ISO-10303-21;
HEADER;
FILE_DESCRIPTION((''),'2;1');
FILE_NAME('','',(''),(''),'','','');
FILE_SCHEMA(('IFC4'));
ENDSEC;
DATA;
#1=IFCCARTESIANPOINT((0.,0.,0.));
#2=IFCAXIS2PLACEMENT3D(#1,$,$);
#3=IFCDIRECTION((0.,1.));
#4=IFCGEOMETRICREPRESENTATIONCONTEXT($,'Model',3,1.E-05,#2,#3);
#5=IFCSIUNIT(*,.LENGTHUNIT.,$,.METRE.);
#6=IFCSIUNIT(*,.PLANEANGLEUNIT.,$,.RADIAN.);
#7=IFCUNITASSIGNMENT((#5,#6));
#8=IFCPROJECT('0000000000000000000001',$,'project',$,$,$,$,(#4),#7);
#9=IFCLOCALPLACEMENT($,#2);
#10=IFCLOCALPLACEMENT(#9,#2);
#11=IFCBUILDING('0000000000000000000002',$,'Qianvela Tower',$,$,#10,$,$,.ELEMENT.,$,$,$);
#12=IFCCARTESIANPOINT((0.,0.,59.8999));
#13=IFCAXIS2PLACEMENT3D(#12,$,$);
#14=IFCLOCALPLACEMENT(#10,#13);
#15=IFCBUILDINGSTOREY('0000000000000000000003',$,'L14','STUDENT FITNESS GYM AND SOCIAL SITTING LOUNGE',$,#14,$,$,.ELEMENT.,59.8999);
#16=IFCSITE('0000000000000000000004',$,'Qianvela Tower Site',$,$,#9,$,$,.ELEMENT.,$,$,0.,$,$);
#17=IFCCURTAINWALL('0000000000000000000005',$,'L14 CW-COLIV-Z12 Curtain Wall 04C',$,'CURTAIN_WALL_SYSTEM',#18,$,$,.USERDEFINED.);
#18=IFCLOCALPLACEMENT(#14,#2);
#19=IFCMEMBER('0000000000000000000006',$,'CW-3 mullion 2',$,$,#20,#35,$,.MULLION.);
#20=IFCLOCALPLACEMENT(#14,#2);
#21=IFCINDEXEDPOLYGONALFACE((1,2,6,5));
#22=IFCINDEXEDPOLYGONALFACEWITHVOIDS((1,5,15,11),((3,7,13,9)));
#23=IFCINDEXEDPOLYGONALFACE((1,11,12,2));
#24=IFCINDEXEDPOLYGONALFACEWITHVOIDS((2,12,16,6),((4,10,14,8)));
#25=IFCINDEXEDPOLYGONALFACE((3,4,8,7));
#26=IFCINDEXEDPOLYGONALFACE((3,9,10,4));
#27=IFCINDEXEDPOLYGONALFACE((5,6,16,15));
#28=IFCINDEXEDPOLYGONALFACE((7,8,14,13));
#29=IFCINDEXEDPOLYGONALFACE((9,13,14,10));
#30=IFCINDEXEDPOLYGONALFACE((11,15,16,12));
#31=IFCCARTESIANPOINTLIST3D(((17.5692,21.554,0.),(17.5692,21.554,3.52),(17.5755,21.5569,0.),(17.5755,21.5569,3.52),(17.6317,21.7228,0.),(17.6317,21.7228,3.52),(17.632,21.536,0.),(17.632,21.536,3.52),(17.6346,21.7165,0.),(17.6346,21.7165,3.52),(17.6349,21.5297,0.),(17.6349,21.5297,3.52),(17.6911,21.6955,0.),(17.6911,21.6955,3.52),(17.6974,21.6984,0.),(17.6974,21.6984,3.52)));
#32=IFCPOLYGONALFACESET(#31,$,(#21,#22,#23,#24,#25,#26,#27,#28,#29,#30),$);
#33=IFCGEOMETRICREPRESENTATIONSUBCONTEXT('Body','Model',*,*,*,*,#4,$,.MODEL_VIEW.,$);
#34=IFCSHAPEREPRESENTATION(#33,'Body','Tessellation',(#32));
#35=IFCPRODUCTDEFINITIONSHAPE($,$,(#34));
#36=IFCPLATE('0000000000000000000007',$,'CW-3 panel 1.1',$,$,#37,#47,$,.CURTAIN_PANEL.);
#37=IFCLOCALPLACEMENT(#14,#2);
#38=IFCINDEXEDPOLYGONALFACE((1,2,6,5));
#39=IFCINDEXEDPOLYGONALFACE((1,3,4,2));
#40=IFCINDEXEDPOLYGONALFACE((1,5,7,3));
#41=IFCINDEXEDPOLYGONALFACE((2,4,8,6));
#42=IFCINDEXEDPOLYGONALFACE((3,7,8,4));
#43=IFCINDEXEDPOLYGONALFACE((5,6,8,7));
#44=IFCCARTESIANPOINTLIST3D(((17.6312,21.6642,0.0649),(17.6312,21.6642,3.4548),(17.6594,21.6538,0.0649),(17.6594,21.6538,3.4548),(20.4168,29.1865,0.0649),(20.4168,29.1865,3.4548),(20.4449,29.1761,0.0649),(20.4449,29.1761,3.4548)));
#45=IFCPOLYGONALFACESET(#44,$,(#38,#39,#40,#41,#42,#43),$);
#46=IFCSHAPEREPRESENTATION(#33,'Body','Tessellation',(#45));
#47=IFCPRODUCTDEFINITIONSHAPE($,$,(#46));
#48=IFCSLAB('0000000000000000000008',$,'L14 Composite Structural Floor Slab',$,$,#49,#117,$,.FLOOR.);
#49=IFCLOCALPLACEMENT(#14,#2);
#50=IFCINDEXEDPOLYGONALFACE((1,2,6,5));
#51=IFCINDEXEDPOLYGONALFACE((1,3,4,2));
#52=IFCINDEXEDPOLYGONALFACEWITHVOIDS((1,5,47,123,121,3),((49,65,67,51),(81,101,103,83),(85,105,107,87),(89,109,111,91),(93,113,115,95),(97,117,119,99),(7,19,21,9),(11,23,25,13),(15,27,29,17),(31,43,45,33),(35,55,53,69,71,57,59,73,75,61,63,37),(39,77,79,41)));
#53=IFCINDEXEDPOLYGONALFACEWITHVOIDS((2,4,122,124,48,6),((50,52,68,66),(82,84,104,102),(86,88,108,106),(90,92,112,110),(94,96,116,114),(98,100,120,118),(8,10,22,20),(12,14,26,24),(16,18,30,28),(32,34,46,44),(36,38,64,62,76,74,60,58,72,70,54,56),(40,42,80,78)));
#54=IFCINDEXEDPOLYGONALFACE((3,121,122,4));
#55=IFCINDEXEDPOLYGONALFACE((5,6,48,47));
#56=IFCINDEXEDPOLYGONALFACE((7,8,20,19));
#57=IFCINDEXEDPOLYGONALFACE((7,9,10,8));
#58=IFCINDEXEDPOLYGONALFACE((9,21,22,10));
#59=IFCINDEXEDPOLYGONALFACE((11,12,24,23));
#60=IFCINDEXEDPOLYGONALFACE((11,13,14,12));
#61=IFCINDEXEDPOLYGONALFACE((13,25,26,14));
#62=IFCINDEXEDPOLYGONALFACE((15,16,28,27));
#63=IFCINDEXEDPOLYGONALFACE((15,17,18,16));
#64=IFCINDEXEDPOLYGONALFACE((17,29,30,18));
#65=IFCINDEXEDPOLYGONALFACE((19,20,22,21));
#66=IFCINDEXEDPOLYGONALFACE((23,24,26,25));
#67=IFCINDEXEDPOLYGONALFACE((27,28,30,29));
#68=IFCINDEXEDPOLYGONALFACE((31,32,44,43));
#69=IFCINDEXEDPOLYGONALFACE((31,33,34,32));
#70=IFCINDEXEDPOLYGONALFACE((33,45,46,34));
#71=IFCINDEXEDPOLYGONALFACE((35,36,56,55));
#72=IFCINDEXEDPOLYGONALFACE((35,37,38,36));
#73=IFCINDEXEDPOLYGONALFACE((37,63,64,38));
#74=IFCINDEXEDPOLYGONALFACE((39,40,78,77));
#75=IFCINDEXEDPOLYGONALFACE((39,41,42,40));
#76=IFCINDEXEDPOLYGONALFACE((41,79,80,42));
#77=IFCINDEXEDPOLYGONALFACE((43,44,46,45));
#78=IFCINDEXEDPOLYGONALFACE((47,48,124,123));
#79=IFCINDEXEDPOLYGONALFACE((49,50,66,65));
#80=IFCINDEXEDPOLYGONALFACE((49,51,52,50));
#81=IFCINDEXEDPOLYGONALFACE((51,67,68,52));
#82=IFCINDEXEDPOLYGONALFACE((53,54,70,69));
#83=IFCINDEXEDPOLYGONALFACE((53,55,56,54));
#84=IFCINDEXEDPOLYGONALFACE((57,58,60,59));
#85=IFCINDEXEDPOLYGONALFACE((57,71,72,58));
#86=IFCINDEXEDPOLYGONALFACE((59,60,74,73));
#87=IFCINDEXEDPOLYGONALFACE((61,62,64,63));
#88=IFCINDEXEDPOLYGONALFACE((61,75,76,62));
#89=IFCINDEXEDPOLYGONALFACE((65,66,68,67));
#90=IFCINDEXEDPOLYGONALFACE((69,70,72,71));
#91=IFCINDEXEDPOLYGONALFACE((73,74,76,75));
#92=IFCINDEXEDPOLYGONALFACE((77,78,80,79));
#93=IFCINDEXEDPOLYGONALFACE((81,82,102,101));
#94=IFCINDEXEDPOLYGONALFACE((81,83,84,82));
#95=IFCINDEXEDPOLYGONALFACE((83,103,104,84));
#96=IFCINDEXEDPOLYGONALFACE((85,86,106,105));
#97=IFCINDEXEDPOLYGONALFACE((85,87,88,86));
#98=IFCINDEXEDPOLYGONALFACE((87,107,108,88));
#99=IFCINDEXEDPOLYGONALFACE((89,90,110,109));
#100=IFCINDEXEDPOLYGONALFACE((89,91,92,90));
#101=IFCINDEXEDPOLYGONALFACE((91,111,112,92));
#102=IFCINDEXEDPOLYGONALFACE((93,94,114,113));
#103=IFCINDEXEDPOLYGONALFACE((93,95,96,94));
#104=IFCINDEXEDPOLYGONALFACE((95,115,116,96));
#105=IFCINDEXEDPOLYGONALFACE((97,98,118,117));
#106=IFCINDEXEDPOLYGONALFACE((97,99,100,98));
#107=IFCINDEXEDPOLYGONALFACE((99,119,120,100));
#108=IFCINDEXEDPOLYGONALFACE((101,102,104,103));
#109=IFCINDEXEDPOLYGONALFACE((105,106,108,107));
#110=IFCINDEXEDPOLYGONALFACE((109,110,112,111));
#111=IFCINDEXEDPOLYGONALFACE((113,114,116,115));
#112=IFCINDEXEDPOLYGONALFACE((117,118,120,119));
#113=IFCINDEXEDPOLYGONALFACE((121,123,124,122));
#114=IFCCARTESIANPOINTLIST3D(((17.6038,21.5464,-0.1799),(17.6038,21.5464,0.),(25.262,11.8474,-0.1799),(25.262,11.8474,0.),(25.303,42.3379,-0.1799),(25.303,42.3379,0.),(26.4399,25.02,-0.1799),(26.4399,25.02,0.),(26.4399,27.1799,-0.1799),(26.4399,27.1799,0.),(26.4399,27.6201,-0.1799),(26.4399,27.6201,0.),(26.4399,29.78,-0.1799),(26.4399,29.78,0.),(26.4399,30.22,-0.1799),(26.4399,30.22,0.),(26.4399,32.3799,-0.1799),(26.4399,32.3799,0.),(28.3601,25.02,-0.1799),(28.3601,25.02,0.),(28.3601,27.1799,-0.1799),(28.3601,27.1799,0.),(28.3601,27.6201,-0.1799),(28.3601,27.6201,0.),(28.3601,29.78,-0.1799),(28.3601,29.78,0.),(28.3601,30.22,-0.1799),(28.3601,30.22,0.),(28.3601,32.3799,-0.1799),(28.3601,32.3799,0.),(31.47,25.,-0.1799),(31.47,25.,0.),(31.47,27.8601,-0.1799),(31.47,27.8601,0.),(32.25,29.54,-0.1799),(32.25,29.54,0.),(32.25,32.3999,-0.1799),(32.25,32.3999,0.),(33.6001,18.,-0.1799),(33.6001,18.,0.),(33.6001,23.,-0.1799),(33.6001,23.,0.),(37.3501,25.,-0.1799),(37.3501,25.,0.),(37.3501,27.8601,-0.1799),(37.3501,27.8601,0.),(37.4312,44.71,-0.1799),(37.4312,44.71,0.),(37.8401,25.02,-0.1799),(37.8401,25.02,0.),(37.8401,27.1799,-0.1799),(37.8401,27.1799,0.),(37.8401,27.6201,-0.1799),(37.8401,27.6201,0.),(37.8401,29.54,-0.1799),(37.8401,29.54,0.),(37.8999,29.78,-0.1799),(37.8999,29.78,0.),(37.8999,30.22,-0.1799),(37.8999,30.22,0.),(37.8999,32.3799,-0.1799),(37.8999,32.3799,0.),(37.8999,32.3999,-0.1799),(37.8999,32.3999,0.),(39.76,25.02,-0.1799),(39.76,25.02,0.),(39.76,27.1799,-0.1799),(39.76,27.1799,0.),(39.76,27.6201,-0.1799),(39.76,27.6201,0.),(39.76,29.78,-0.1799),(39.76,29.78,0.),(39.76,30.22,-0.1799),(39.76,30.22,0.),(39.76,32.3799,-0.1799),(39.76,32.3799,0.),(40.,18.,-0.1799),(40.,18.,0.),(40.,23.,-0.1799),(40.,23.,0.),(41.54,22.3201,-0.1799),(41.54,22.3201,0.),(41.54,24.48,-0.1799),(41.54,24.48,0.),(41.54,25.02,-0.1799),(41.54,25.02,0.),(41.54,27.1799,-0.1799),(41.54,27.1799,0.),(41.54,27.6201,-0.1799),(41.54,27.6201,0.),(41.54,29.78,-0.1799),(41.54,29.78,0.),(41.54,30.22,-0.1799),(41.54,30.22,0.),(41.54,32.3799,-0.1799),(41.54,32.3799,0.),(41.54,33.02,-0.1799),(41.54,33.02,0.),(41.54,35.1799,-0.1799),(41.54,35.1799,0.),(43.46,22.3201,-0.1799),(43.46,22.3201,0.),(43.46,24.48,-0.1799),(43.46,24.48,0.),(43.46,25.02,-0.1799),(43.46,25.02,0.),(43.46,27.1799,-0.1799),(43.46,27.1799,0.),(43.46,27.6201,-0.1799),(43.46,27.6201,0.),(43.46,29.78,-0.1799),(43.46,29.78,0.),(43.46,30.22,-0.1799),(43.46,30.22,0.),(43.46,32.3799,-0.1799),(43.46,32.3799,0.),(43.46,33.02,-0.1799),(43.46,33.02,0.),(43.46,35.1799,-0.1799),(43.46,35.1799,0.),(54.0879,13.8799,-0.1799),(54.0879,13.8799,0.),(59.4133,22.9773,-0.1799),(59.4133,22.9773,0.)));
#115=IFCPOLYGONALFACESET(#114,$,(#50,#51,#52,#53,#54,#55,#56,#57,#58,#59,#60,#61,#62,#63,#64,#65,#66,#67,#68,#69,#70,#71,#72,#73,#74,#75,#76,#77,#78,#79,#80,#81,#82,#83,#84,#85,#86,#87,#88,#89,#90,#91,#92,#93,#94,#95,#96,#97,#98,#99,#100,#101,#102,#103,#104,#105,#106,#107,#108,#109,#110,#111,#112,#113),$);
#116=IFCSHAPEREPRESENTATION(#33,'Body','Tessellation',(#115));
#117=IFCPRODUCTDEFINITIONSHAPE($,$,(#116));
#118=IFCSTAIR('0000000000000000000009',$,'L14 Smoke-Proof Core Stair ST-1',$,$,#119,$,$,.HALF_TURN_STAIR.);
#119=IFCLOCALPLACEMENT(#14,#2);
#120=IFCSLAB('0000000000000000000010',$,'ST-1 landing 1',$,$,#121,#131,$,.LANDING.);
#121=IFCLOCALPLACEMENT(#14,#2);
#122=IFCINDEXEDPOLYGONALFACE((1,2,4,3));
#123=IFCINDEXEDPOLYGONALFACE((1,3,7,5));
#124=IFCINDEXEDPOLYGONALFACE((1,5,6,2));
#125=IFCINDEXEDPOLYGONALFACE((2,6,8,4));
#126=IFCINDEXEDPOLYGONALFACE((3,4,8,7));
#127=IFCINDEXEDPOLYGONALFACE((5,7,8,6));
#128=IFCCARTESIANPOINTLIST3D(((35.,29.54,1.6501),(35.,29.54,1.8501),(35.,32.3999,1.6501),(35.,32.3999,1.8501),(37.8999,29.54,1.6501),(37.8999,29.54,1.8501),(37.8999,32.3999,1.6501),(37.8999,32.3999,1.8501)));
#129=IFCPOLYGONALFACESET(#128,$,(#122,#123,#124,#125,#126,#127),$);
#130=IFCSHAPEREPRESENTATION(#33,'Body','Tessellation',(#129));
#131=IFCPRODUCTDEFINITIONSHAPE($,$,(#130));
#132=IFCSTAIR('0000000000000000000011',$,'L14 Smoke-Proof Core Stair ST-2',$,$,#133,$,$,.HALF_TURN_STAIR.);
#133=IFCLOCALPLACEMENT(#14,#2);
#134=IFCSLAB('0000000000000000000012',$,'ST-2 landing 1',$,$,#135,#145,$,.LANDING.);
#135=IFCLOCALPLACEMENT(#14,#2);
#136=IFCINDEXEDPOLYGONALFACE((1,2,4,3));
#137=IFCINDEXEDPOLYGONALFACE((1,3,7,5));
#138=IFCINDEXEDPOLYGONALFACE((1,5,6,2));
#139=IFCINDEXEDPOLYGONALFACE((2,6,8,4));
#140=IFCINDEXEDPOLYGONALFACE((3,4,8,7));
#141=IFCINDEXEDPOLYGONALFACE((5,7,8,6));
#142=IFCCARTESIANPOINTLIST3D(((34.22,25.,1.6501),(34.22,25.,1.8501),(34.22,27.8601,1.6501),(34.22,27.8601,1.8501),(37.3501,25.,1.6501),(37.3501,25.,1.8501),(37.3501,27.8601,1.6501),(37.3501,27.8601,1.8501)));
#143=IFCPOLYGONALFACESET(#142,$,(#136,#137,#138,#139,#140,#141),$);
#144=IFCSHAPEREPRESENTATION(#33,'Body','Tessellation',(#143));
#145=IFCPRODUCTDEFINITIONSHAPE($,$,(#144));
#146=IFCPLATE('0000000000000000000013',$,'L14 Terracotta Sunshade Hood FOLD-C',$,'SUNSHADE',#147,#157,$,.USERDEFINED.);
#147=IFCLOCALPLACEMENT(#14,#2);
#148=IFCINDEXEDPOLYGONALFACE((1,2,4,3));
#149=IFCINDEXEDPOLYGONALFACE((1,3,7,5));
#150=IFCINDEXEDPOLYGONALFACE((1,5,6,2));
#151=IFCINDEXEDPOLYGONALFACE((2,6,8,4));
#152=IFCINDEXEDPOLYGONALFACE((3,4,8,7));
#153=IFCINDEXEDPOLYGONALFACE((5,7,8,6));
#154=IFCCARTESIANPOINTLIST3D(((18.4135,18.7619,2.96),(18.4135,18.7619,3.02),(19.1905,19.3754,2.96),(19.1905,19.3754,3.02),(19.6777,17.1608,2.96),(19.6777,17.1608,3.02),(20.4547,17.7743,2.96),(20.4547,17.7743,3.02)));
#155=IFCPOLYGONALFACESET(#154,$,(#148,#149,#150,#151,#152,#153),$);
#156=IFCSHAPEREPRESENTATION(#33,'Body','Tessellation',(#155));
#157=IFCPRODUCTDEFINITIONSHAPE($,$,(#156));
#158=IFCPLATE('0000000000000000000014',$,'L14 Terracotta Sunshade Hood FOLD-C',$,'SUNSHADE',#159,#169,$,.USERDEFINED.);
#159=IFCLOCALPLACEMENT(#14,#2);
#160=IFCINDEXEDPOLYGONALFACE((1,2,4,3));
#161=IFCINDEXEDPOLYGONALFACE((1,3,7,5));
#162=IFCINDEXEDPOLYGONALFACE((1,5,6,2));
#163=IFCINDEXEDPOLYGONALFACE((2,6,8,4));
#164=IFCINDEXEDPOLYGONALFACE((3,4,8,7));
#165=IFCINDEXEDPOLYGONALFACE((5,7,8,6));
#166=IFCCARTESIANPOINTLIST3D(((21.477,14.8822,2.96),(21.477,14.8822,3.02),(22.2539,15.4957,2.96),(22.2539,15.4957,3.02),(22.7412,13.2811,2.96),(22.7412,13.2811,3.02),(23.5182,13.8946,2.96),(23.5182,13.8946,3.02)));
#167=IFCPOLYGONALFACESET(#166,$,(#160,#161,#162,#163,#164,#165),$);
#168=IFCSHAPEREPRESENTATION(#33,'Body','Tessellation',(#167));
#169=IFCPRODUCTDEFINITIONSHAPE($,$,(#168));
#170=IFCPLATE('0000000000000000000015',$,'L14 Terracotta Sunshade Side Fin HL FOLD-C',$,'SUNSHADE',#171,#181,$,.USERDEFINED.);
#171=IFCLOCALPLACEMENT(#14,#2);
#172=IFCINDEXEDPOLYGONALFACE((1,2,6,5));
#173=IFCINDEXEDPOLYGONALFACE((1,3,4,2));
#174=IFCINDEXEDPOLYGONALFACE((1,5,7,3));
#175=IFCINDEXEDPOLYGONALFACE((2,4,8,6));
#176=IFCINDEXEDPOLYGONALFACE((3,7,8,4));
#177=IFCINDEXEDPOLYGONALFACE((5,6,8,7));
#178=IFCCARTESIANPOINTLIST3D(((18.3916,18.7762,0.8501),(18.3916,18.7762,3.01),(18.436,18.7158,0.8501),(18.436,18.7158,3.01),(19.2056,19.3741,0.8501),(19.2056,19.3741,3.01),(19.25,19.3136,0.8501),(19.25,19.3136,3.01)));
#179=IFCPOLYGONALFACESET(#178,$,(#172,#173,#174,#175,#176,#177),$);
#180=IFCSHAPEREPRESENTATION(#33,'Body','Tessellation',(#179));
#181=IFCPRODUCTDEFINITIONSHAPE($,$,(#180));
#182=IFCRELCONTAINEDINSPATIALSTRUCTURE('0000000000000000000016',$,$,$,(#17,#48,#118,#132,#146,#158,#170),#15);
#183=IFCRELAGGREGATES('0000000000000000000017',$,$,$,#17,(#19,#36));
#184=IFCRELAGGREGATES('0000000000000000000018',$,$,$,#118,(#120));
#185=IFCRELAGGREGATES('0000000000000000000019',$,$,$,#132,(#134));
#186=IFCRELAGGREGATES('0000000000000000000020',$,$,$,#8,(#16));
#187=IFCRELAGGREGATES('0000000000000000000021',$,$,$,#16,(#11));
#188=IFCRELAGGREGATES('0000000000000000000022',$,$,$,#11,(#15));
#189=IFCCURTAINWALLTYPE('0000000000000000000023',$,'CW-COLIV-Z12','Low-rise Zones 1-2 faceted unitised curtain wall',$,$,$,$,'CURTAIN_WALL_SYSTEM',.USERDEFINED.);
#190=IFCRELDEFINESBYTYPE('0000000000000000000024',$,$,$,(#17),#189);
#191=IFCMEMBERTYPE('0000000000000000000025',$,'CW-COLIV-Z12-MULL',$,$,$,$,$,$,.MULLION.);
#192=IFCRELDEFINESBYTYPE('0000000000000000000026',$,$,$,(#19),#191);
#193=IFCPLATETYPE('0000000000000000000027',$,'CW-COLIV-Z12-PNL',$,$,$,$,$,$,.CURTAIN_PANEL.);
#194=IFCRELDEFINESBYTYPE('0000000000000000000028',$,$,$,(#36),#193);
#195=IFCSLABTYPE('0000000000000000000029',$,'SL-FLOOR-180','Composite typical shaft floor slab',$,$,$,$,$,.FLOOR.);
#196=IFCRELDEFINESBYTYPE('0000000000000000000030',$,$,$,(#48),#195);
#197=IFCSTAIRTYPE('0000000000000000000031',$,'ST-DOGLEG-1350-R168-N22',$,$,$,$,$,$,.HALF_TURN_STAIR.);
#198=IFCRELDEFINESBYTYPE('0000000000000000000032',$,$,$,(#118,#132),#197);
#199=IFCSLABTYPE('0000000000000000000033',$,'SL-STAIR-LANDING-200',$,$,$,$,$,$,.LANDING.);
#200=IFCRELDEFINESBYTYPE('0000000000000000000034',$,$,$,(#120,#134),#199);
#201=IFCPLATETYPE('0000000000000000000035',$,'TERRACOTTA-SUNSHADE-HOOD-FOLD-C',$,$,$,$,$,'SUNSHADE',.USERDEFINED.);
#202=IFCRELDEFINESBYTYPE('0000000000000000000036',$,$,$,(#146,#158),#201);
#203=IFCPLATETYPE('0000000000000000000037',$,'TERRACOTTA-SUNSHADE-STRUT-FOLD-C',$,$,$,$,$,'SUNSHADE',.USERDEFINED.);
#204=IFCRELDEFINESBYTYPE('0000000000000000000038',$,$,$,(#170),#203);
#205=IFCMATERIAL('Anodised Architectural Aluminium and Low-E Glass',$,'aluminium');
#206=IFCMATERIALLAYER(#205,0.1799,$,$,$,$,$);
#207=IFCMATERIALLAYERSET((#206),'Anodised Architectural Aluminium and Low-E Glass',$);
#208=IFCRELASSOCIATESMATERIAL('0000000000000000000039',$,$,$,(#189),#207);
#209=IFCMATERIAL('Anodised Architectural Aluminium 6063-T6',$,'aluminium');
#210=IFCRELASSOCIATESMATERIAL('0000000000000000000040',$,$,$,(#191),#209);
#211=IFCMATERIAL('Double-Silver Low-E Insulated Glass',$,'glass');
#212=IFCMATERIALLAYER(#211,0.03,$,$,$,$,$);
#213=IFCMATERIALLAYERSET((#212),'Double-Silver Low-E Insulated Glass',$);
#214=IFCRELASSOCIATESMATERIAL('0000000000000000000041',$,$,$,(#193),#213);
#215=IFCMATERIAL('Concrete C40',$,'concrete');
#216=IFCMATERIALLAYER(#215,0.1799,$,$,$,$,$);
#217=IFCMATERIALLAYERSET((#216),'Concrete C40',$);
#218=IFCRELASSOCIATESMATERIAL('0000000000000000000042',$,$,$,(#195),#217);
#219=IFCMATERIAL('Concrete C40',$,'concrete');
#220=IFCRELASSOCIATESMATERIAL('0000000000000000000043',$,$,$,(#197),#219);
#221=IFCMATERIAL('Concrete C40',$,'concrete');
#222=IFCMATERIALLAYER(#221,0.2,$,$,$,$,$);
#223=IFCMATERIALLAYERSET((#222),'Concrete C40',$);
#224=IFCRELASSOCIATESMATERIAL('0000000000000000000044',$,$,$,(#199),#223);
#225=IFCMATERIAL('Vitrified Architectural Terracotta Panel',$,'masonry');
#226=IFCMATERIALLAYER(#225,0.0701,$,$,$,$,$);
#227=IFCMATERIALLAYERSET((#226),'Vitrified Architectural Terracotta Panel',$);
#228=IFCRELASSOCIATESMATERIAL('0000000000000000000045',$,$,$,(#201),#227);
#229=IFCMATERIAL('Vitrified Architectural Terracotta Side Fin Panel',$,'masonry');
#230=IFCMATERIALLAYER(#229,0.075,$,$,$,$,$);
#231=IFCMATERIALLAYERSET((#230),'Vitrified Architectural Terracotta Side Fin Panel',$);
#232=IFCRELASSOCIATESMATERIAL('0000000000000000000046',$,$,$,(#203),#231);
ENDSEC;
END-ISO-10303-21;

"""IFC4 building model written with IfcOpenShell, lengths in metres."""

from ifc_helpers import new_model, si_unit, direction, frame, origin, origin_2d, place, context, subcontext, project, spatial, polyline, rectangle, hollow_rectangle, outline, extrude, material, layer, layer_set, material_profile, profile_set, type_object, element, aggregate, save


model = new_model("IFC4")

# Units and contexts
model_context = context("Model", 3, precision=1e-05, world=origin(), true_north=direction((0.0, 1.0)))
body_context = subcontext(model_context, "Body", "Model", "MODEL_VIEW")
ifc_project = project(units=[si_unit("LENGTHUNIT", "METRE"), si_unit("PLANEANGLEUNIT", "RADIAN")], contexts=[model_context])

# Site, building, storey
site_placement = place(None, origin())
site = spatial("IfcSite", under=ifc_project, at=site_placement, Name="Qianvela Tower Site", CompositionType="ELEMENT", RefElevation=0.0)
building_placement = place(site_placement, origin())
building = spatial("IfcBuilding", under=site, at=building_placement, Name="Qianvela Tower", CompositionType="ELEMENT")
storey_placement = place(building_placement, frame((0.0, 0.0, 59.8999)))
storey = spatial("IfcBuildingStorey", under=building, at=storey_placement, Name="L14", Description="STUDENT FITNESS GYM AND SOCIAL SITTING LOUNGE", CompositionType="ELEMENT", Elevation=59.8999)

# Curtain wall, member, plate
ifc_material_1 = material(Name="Anodised Architectural Aluminium and Low-E Glass", Category="aluminium")
ifc_layer_1 = layer(ifc_material_1, 0.1799)
ifc_layer_set_1 = layer_set([ifc_layer_1], Name="Anodised Architectural Aluminium and Low-E Glass")
curtain_wall_type = type_object("IfcCurtainWallType", Name="CW-COLIV-Z12", Description="Low-rise Zones 1-2 faceted unitised curtain wall", ElementType="CURTAIN_WALL_SYSTEM", PredefinedType="USERDEFINED", material=ifc_layer_set_1)
curtain_wall_placement = place(storey_placement, origin())
curtain_wall = element("IfcCurtainWall", 1, at=curtain_wall_placement, inside=storey, type_object=curtain_wall_type, Name="L14 CW-COLIV-Z12 Curtain Wall 04C", ObjectType="CURTAIN_WALL_SYSTEM", PredefinedType="USERDEFINED")
ifc_material_2 = material(Name="Anodised Architectural Aluminium 6063-T6", Category="aluminium")
ifc_material_profile = material_profile(ifc_material_2, hollow_rectangle(XDim=0.0701, YDim=0.1799, WallThickness=0.0049, at=origin_2d()), Name="ALU-MULL-70x180")
ifc_profile_set = profile_set([ifc_material_profile], Name="Anodised Architectural Aluminium 6063-T6")
member_type = type_object("IfcMemberType", Name="CW-COLIV-Z12-MULL", PredefinedType="MULLION", material=ifc_profile_set)
member_placement = place(storey_placement, frame((17.6333, 21.6262, 0.0), z_axis=(0.0, 0.0, 1.0), x_axis=(0.93777, -0.347257, 0.0)))
member = element("IfcMember", 2, at=member_placement, type_object=member_type, Name="CW-3 mullion 2", PredefinedType="MULLION", context=body_context, shape_type="SweptSolid", body=[
    extrude(hollow_rectangle(XDim=0.0701, YDim=0.1799, WallThickness=0.0049, at=origin_2d()), origin(), (0.0, 0.0, 1.0), 3.52),
])
ifc_material_3 = material(Name="Double-Silver Low-E Insulated Glass", Category="glass")
ifc_layer_2 = layer(ifc_material_3, 0.03)
ifc_layer_set_2 = layer_set([ifc_layer_2], Name="Double-Silver Low-E Insulated Glass")
plate_type_1 = type_object("IfcPlateType", Name="CW-COLIV-Z12-PNL", PredefinedType="CURTAIN_PANEL", material=ifc_layer_set_2)
plate_placement = place(storey_placement, frame((19.0381, 25.4202, 0.0649), z_axis=(0.0, 0.0, 1.0), x_axis=(-0.347257, -0.93777, 0.0)))
plate = element("IfcPlate", 3, at=plate_placement, type_object=plate_type_1, Name="CW-3 panel 1.1", PredefinedType="CURTAIN_PANEL", context=body_context, shape_type="SweptSolid", body=[
    extrude(rectangle(XDim=8.0215, YDim=0.03, at=origin_2d()), origin(), (0.0, 0.0, 1.0), 3.3899),
])
aggregate(curtain_wall, [member, plate])

# Slab
ifc_material_4 = material(Name="Concrete C40", Category="concrete")
ifc_layer_3 = layer(ifc_material_4, 0.1799)
ifc_layer_set_3 = layer_set([ifc_layer_3], Name="Concrete C40")
slab_type_1 = type_object("IfcSlabType", Name="SL-FLOOR-180", Description="Composite typical shaft floor slab", PredefinedType="FLOOR", material=ifc_layer_set_3)
slab_1_placement = place(storey_placement, frame((0.0, 0.0, -0.1799)))
element("IfcSlab", 4, at=slab_1_placement, inside=storey, type_object=slab_type_1, Name="L14 Composite Structural Floor Slab", PredefinedType="FLOOR", context=body_context, shape_type="SweptSolid", body=[
    extrude(outline(polyline([(54.0879, 13.8799), (59.4133, 22.9773), (37.4312, 44.71), (25.303, 42.3379), (17.6038, 21.5464), (25.262, 11.8474), (54.0879, 13.8799)]), holes=[polyline([(40.0, 23.0), (33.6001, 23.0), (33.6001, 18.0), (40.0, 18.0), (40.0, 23.0)]), polyline([(28.3601, 25.02), (28.3601, 27.1799), (26.4399, 27.1799), (26.4399, 25.02), (28.3601, 25.02)]), polyline([(37.3501, 25.0), (37.3501, 27.8601), (31.47, 27.8601), (31.47, 25.0), (37.3501, 25.0)]), polyline([(28.3601, 27.6201), (28.3601, 29.78), (26.4399, 29.78), (26.4399, 27.6201), (28.3601, 27.6201)]), polyline([(37.8999, 32.3799), (37.8999, 32.3999), (32.25, 32.3999), (32.25, 29.54), (37.8401, 29.54), (37.8401, 27.6201), (39.76, 27.6201), (39.76, 29.78), (37.8999, 29.78), (37.8999, 30.22), (39.76, 30.22), (39.76, 32.3799), (37.8999, 32.3799)]), polyline([(28.3601, 30.22), (28.3601, 32.3799), (26.4399, 32.3799), (26.4399, 30.22), (28.3601, 30.22)]), polyline([(43.46, 24.48), (41.54, 24.48), (41.54, 22.3201), (43.46, 22.3201), (43.46, 24.48)]), polyline([(39.76, 25.02), (39.76, 27.1799), (37.8401, 27.1799), (37.8401, 25.02), (39.76, 25.02)]), polyline([(43.46, 25.02), (43.46, 27.1799), (41.54, 27.1799), (41.54, 25.02), (43.46, 25.02)]), polyline([(43.46, 27.6201), (43.46, 29.78), (41.54, 29.78), (41.54, 27.6201), (43.46, 27.6201)]), polyline([(43.46, 30.22), (43.46, 32.3799), (41.54, 32.3799), (41.54, 30.22), (43.46, 30.22)]), polyline([(43.46, 33.02), (43.46, 35.1799), (41.54, 35.1799), (41.54, 33.02), (43.46, 33.02)])]), origin(), (0.0, 0.0, 1.0), 0.1799),
])

# Stairs, slabs
ifc_material_5 = material(Name="Concrete C40", Category="concrete")
stair_type = type_object("IfcStairType", Name="ST-DOGLEG-1350-R168-N22", PredefinedType="HALF_TURN_STAIR", material=ifc_material_5)
stair_1_placement = place(storey_placement, origin())
stair_1 = element("IfcStair", 5, at=stair_1_placement, inside=storey, type_object=stair_type, Name="L14 Smoke-Proof Core Stair ST-1", PredefinedType="HALF_TURN_STAIR")
ifc_material_6 = material(Name="Concrete C40", Category="concrete")
ifc_layer_4 = layer(ifc_material_6, 0.2)
ifc_layer_set_4 = layer_set([ifc_layer_4], Name="Concrete C40")
slab_type_2 = type_object("IfcSlabType", Name="SL-STAIR-LANDING-200", PredefinedType="LANDING", material=ifc_layer_set_4)
slab_2_placement = place(storey_placement, frame((0.0, 0.0, 1.6501)))
slab_2 = element("IfcSlab", 6, at=slab_2_placement, type_object=slab_type_2, Name="ST-1 landing 1", PredefinedType="LANDING", context=body_context, shape_type="SweptSolid", body=[
    extrude(outline(polyline([(35.0, 29.54), (37.8999, 29.54), (37.8999, 32.3999), (35.0, 32.3999), (35.0, 29.54)])), origin(), (0.0, 0.0, 1.0), 0.2),
])
aggregate(stair_1, [slab_2])
stair_2_placement = place(storey_placement, origin())
stair_2 = element("IfcStair", 7, at=stair_2_placement, inside=storey, type_object=stair_type, Name="L14 Smoke-Proof Core Stair ST-2", PredefinedType="HALF_TURN_STAIR")
slab_3_placement = place(storey_placement, frame((0.0, 0.0, 1.6501)))
slab_3 = element("IfcSlab", 8, at=slab_3_placement, type_object=slab_type_2, Name="ST-2 landing 1", PredefinedType="LANDING", context=body_context, shape_type="SweptSolid", body=[
    extrude(outline(polyline([(34.22, 25.0), (37.3501, 25.0), (37.3501, 27.8601), (34.22, 27.8601), (34.22, 25.0)])), origin(), (0.0, 0.0, 1.0), 0.2),
])
aggregate(stair_2, [slab_3])

# Plates
ifc_material_7 = material(Name="Vitrified Architectural Terracotta Panel", Category="masonry")
ifc_layer_5 = layer(ifc_material_7, 0.0701)
ifc_layer_set_5 = layer_set([ifc_layer_5], Name="Vitrified Architectural Terracotta Panel")
plate_type_2 = type_object("IfcPlateType", Name="TERRACOTTA-SUNSHADE-HOOD-FOLD-C", ElementType="SUNSHADE", PredefinedType="USERDEFINED", material=ifc_layer_set_5)
for number, where, z_axis, x_axis, name in (
    (9, (19.4341, 18.2681, 2.96), (0.0, 0.0, 1.0), (0.619698, -0.78484, 0.0), "L14 Terracotta Sunshade Hood FOLD-C"),
    (10, (22.4976, 14.3884, 2.96), (0.0, 0.0, 1.0), (0.619698, -0.78484, 0.0), "L14 Terracotta Sunshade Hood FOLD-C"),
):
    element("IfcPlate", number, at=place(storey_placement, frame(where, z_axis=z_axis, x_axis=x_axis)), inside=storey, type_object=plate_type_2, Name=name, ObjectType="SUNSHADE", PredefinedType="USERDEFINED", context=body_context, shape_type="SweptSolid", body=[
        extrude(rectangle(XDim=2.04, YDim=0.99, at=origin_2d()), origin(), (0.0, 0.0, 1.0), 0.0601),
    ])
ifc_material_8 = material(Name="Vitrified Architectural Terracotta Side Fin Panel", Category="masonry")
ifc_layer_6 = layer(ifc_material_8, 0.075)
ifc_layer_set_6 = layer_set([ifc_layer_6], Name="Vitrified Architectural Terracotta Side Fin Panel")
plate_type_3 = type_object("IfcPlateType", Name="TERRACOTTA-SUNSHADE-STRUT-FOLD-C", ElementType="SUNSHADE", PredefinedType="USERDEFINED", material=ifc_layer_set_6)
for number, where, z_axis, x_axis, name in (
    (11, (18.8208, 19.0449, 0.8501), (0.0, 0.0, 1.0), (0.59193, -0.805989, 0.0), "L14 Terracotta Sunshade Side Fin HL FOLD-C"),
):
    element("IfcPlate", number, at=place(storey_placement, frame(where, z_axis=z_axis, x_axis=x_axis)), inside=storey, type_object=plate_type_3, Name=name, ObjectType="SUNSHADE", PredefinedType="USERDEFINED", context=body_context, shape_type="SweptSolid", body=[
        extrude(rectangle(XDim=0.075, YDim=1.01, at=origin_2d()), origin(), (0.0, 0.0, 1.0), 2.1599),
    ])

save(model, "model.ifc")
